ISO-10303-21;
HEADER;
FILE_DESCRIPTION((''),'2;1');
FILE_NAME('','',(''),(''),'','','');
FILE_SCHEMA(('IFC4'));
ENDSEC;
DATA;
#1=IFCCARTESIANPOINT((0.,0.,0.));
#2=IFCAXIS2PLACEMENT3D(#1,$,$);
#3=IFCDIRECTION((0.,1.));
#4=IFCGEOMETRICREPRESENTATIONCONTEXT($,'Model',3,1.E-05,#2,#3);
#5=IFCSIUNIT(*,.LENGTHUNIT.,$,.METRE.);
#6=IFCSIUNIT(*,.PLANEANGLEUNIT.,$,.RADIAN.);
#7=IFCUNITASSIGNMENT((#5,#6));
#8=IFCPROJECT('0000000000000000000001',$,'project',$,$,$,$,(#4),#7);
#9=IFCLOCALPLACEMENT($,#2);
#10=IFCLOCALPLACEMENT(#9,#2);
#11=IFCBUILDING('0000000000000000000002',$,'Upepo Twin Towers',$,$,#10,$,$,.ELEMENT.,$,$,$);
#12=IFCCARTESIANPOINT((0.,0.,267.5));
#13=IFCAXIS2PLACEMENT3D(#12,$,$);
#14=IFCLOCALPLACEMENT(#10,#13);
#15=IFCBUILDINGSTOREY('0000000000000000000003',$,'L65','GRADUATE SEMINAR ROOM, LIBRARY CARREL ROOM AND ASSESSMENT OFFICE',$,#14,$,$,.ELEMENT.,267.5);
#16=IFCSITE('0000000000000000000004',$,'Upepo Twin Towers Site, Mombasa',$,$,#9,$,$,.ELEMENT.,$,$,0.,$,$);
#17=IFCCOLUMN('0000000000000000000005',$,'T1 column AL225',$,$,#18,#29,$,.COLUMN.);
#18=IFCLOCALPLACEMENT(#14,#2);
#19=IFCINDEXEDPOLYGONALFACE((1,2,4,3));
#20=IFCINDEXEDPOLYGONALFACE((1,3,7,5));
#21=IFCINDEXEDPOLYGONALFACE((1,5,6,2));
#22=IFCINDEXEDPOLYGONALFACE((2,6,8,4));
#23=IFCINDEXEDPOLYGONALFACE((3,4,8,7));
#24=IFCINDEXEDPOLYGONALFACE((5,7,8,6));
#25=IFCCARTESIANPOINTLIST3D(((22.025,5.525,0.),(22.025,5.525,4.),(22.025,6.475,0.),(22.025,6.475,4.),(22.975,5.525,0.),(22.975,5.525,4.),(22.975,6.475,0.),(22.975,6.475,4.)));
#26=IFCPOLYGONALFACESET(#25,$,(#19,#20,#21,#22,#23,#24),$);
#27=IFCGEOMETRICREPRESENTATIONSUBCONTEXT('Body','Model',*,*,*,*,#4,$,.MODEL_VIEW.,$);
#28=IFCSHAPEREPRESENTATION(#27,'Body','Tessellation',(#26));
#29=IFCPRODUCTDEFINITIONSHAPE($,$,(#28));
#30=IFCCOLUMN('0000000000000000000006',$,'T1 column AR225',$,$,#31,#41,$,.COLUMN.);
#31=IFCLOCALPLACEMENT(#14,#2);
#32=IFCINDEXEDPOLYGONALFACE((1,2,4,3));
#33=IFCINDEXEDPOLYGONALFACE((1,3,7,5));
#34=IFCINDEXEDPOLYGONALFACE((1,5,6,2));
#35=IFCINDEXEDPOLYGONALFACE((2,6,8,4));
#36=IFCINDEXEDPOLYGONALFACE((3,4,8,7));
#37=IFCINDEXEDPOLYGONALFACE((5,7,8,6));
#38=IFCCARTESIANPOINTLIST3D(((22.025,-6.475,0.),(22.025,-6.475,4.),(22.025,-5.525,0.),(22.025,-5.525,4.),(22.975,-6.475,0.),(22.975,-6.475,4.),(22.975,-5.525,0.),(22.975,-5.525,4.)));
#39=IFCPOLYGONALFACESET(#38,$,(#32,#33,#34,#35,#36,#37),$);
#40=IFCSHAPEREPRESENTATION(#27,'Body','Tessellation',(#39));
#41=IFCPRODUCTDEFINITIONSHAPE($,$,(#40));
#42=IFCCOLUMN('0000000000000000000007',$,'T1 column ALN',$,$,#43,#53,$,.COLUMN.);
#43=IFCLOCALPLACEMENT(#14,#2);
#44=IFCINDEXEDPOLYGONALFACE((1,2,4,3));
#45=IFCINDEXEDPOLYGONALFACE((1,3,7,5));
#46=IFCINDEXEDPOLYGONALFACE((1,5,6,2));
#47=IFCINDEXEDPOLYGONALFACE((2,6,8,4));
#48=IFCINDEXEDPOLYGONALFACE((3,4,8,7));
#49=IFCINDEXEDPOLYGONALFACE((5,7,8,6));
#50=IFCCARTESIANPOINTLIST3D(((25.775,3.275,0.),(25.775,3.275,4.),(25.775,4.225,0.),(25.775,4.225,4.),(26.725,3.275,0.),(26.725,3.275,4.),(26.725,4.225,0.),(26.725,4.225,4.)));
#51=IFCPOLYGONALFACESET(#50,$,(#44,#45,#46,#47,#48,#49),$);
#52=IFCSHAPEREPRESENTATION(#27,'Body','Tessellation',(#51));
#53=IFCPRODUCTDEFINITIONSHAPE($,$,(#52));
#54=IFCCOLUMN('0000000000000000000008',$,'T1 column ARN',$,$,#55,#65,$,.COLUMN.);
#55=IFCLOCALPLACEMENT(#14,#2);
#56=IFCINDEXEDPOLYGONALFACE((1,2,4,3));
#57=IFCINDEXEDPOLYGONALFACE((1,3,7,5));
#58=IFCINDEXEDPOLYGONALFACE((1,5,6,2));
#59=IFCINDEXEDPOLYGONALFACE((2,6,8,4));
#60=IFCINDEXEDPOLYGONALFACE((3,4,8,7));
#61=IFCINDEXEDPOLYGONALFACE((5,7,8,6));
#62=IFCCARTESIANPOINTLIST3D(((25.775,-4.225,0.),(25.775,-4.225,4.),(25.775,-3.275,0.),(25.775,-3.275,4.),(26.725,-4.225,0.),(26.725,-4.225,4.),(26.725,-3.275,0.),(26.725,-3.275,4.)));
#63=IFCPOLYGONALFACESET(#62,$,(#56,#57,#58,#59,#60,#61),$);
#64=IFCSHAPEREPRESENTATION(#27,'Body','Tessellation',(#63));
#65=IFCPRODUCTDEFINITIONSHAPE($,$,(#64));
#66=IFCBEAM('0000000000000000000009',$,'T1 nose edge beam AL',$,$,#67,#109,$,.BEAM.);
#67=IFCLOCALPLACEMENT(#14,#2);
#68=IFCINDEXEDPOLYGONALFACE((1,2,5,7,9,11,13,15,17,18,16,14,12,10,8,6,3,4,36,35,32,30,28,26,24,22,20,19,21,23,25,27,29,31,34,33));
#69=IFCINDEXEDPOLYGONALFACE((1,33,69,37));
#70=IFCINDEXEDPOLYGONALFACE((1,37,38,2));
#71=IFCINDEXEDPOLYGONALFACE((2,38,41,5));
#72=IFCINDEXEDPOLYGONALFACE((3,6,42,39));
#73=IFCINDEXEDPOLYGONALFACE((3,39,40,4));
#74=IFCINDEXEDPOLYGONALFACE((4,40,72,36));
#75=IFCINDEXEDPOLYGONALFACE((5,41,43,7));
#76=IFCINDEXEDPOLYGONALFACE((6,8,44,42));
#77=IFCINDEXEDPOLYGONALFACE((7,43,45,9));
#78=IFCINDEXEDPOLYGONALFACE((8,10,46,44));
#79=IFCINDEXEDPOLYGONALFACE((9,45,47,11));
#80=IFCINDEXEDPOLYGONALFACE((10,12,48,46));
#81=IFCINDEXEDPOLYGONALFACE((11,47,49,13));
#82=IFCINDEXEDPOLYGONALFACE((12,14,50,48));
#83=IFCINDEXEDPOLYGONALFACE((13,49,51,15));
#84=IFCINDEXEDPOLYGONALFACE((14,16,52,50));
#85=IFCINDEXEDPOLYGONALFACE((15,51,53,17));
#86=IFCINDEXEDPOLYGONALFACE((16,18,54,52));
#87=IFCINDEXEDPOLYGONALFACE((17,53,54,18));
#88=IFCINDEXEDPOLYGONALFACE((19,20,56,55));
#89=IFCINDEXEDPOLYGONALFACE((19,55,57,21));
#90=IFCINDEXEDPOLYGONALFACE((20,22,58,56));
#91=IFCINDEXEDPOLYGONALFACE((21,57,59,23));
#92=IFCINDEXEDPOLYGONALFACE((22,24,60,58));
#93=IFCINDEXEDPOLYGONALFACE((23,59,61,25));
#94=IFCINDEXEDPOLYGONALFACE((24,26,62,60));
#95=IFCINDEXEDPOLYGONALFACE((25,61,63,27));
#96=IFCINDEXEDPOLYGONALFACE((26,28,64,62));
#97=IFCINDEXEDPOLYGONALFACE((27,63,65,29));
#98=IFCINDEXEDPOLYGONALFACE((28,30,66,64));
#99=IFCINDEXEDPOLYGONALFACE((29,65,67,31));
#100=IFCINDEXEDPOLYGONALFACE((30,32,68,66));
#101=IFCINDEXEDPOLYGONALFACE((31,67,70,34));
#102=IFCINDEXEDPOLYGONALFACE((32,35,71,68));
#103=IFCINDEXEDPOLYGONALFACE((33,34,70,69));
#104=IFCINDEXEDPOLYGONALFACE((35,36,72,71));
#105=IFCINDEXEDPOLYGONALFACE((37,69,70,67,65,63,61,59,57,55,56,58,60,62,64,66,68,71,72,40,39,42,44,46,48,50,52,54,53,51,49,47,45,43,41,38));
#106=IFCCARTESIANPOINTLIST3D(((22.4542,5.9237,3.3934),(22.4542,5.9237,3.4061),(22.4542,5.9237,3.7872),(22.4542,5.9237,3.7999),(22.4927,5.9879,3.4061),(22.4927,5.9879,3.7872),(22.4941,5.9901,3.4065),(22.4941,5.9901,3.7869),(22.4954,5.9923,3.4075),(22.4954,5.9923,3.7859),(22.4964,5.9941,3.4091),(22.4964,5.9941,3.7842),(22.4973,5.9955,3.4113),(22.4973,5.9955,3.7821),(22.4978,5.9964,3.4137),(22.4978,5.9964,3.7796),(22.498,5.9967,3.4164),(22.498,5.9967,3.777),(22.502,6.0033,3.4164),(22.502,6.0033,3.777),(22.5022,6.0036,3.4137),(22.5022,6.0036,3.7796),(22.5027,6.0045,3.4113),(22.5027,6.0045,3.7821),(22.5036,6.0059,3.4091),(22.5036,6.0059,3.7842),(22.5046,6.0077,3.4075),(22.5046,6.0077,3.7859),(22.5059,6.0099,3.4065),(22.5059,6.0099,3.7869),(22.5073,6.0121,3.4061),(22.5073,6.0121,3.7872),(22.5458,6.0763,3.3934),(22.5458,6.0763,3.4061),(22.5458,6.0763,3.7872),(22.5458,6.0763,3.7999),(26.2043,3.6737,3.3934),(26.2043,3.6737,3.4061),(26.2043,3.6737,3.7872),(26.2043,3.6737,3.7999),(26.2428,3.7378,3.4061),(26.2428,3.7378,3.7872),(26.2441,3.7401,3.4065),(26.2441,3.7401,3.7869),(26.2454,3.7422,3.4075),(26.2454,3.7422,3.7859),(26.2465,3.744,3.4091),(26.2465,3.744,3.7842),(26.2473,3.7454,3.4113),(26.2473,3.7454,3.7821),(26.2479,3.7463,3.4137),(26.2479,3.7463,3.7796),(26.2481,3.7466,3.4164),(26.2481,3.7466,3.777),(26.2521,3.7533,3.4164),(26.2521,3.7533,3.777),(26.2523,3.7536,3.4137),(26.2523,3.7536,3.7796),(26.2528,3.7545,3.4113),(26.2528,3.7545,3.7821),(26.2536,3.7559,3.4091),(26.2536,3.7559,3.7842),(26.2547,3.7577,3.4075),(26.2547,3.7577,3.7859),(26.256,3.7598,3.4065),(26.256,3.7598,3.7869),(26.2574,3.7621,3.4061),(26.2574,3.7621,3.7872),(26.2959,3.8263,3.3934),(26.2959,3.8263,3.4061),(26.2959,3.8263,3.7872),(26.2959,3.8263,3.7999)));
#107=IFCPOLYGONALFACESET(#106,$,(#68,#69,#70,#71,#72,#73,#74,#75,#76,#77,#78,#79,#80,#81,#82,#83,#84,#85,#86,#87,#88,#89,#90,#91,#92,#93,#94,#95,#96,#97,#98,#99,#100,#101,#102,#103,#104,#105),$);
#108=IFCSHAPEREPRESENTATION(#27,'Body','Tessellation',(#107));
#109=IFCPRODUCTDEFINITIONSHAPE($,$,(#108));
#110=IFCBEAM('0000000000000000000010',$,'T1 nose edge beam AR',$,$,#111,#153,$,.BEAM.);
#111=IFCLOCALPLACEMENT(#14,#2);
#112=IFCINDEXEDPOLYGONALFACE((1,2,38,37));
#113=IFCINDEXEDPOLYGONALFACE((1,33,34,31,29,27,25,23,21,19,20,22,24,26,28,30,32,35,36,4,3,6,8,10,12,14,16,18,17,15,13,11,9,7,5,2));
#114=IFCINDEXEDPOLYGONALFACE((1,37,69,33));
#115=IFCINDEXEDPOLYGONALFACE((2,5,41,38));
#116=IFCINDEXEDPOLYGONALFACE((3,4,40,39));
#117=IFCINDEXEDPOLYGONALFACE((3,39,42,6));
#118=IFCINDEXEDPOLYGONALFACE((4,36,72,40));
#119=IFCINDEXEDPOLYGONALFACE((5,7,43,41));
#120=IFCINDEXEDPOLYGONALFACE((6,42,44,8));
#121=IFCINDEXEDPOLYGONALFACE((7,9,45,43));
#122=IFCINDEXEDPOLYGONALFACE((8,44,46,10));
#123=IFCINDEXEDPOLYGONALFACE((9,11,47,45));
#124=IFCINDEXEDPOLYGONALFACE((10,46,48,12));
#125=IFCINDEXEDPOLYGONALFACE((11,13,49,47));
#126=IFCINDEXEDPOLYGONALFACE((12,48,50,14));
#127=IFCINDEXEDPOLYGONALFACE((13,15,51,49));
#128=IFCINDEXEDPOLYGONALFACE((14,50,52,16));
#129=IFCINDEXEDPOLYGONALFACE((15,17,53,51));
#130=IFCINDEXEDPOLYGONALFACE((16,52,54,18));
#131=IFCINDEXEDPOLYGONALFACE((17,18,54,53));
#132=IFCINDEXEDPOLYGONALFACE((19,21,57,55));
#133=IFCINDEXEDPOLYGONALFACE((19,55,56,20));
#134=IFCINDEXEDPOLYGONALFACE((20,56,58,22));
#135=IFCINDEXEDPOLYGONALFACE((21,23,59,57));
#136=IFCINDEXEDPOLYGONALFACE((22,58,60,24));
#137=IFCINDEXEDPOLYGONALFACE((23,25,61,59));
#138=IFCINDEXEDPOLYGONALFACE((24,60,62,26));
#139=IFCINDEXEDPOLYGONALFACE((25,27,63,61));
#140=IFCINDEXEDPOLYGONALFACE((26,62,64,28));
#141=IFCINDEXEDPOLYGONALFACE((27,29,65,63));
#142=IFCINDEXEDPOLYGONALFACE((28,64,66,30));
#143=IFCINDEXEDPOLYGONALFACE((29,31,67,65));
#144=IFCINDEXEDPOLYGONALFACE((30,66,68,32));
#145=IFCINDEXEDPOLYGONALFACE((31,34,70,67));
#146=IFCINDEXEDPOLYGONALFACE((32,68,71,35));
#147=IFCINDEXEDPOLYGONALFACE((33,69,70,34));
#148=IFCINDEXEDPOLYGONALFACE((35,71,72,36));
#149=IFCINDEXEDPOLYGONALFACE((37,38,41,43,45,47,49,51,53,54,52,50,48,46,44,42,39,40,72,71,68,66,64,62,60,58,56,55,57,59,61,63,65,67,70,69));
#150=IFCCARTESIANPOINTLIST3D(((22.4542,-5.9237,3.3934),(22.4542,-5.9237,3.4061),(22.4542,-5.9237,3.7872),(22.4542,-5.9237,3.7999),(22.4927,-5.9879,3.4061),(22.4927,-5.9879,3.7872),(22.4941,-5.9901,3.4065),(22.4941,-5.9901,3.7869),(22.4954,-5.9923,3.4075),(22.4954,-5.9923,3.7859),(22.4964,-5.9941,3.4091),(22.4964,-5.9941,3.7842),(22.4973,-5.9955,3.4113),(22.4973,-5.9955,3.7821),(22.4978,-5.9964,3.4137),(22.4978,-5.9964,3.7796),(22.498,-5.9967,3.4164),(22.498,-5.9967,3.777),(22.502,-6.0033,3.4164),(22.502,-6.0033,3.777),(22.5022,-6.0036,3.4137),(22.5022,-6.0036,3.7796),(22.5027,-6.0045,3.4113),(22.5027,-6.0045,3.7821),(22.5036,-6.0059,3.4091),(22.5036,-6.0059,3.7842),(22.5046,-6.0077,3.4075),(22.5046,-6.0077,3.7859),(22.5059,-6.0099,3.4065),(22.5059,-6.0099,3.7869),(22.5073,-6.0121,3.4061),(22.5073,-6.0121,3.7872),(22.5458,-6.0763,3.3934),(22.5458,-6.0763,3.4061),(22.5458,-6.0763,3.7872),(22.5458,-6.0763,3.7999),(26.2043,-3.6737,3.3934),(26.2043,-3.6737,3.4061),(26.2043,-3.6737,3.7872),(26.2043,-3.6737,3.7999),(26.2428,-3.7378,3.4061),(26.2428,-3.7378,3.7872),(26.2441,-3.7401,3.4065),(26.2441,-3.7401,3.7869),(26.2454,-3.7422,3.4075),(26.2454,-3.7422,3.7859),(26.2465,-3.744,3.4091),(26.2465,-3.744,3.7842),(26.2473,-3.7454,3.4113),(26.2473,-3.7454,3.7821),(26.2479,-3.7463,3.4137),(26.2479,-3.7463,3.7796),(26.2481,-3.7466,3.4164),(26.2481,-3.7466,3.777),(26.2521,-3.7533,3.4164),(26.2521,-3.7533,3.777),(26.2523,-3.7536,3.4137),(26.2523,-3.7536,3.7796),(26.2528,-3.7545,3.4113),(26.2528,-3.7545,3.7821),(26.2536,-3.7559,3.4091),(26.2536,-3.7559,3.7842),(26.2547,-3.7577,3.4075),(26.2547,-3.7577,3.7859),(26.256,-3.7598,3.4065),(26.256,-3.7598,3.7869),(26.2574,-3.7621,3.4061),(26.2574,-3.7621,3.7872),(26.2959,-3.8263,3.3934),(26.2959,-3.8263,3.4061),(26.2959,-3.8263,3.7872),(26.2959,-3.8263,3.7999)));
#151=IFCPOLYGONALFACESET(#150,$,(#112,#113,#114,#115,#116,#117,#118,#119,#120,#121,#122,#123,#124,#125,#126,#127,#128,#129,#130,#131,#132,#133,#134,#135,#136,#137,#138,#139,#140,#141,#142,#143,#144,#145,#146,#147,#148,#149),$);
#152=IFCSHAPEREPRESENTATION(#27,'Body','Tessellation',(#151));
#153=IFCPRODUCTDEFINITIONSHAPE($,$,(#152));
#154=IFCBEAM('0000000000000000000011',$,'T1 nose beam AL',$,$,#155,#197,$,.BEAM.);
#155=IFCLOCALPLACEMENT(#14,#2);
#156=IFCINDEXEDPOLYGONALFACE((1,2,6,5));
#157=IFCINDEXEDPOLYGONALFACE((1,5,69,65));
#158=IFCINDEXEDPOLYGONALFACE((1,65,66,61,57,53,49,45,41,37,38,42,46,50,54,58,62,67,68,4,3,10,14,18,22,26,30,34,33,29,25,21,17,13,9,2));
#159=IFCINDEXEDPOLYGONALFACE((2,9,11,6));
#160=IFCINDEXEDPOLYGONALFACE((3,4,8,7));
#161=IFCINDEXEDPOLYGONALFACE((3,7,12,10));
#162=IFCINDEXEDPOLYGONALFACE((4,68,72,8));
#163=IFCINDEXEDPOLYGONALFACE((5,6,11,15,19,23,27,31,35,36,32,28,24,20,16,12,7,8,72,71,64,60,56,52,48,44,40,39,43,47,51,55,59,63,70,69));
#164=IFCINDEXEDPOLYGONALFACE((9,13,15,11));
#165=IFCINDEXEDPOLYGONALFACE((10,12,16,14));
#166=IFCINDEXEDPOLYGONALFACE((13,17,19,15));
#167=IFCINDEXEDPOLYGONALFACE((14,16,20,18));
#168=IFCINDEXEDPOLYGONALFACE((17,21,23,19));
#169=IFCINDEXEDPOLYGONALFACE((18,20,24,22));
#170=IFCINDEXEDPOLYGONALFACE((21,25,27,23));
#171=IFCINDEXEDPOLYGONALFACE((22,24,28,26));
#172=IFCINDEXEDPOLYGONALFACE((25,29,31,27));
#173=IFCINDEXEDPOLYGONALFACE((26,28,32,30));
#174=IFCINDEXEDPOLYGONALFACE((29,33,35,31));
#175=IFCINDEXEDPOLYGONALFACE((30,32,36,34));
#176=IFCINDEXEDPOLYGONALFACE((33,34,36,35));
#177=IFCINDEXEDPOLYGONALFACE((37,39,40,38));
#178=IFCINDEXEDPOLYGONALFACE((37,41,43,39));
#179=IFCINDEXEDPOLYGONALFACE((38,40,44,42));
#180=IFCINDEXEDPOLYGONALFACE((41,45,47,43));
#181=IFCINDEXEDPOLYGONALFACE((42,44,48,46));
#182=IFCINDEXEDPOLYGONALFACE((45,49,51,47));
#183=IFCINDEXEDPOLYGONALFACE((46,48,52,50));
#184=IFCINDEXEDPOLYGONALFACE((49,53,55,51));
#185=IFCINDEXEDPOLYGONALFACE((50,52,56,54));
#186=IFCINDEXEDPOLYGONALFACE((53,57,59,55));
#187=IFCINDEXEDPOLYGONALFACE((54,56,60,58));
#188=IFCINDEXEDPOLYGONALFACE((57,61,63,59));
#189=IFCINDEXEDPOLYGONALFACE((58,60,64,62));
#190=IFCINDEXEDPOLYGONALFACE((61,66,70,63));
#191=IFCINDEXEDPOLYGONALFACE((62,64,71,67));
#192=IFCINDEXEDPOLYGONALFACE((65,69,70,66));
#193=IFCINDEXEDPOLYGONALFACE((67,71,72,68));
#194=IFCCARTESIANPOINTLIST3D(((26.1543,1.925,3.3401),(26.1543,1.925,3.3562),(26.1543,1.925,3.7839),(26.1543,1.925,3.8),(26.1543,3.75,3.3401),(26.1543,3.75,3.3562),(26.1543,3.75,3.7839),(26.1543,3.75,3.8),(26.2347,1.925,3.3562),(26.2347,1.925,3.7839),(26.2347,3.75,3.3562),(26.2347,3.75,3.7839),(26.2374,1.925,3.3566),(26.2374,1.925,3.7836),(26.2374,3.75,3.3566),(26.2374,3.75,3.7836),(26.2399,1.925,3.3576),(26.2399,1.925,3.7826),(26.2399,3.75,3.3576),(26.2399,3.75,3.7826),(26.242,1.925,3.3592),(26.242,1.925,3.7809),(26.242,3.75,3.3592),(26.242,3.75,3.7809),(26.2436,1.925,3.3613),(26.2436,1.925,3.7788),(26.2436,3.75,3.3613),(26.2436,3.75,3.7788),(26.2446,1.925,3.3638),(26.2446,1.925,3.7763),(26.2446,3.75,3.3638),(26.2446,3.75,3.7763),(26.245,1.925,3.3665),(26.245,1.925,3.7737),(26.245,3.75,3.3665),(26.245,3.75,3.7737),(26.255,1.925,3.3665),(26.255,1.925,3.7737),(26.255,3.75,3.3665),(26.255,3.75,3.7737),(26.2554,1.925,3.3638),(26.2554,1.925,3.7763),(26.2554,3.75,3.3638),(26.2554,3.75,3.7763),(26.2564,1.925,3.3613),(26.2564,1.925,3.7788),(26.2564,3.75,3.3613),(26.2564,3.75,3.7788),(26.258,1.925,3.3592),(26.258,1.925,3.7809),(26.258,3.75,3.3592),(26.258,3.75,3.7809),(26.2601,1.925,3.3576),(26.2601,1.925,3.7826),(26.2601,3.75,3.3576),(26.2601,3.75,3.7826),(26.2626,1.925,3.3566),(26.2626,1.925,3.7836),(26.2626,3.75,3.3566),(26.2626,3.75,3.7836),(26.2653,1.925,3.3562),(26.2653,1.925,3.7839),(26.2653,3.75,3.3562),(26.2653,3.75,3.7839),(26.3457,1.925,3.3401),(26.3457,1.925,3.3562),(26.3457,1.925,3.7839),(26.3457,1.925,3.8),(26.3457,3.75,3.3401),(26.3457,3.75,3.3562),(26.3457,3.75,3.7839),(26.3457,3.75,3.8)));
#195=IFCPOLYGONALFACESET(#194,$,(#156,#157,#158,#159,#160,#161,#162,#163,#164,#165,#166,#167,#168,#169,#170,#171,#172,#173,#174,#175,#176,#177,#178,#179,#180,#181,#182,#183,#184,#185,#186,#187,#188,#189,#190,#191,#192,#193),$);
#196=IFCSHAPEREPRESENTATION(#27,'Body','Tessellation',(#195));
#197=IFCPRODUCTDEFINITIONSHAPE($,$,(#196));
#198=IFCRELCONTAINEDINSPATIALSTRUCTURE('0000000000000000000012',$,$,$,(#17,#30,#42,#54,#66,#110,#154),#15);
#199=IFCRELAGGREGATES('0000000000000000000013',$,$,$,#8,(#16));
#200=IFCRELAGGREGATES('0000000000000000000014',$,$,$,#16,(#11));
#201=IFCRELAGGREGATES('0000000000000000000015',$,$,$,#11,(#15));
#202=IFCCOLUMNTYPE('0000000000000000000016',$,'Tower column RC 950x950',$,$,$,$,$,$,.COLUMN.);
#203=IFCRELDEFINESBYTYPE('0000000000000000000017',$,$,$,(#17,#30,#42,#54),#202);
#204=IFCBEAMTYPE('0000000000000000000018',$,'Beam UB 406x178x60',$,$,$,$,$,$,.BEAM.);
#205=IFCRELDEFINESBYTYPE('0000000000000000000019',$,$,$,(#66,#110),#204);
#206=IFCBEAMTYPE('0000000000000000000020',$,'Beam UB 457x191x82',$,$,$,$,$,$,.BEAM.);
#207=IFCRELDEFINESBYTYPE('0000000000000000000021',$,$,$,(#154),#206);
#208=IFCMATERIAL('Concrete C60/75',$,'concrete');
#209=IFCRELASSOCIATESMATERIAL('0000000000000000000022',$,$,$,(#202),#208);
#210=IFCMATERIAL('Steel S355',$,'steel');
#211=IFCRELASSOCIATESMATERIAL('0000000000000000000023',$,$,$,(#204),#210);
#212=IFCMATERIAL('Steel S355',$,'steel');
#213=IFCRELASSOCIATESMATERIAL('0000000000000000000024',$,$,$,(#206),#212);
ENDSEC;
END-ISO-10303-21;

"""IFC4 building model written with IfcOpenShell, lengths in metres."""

from ifc_helpers import new_model, si_unit, direction, frame, origin, origin_2d, place, context, subcontext, project, spatial, rectangle, i_section, extrude, material, material_profile, profile_set, type_object, element, save


model = new_model("IFC4")

# Units and contexts
model_context = context("Model", 3, precision=1e-05, world=origin(), true_north=direction((0.0, 1.0)))
body_context = subcontext(model_context, "Body", "Model", "MODEL_VIEW")
ifc_project = project(units=[si_unit("LENGTHUNIT", "METRE"), si_unit("PLANEANGLEUNIT", "RADIAN")], contexts=[model_context])

# Site, building, storey
site_placement = place(None, origin())
site = spatial("IfcSite", under=ifc_project, at=site_placement, Name="Upepo Twin Towers Site, Mombasa", CompositionType="ELEMENT", RefElevation=0.0)
building_placement = place(site_placement, origin())
building = spatial("IfcBuilding", under=site, at=building_placement, Name="Upepo Twin Towers", CompositionType="ELEMENT")
storey_placement = place(building_placement, frame((0.0, 0.0, 267.5)))
storey = spatial("IfcBuildingStorey", under=building, at=storey_placement, Name="L65", Description="GRADUATE SEMINAR ROOM, LIBRARY CARREL ROOM AND ASSESSMENT OFFICE", CompositionType="ELEMENT", Elevation=267.5)

# Columns
ifc_material_1 = material(Name="Concrete C60/75", Category="concrete")
ifc_material_profile_1 = material_profile(ifc_material_1, rectangle(XDim=0.95, YDim=0.95, at=origin_2d()), Name="RC 950x950")
ifc_profile_set_1 = profile_set([ifc_material_profile_1], Name="Concrete C60/75")
column_type = type_object("IfcColumnType", Name="Tower column RC 950x950", PredefinedType="COLUMN", material=ifc_profile_set_1)
for number, where, z_axis, x_axis, name in (
    (1, (22.5, 6.0, 0.0), (0.0, 0.0, 1.0), (1.0, 0.0, 0.0), "T1 column AL225"),
    (2, (22.5, -6.0, 0.0), (0.0, 0.0, 1.0), (1.0, 0.0, 0.0), "T1 column AR225"),
    (3, (26.25, 3.75, 0.0), (0.0, 0.0, 1.0), (1.0, 0.0, 0.0), "T1 column ALN"),
    (4, (26.25, -3.75, 0.0), (0.0, 0.0, 1.0), (1.0, 0.0, 0.0), "T1 column ARN"),
):
    element("IfcColumn", number, at=place(storey_placement, frame(where, z_axis=z_axis, x_axis=x_axis)), inside=storey, type_object=column_type, Name=name, PredefinedType="COLUMN", context=body_context, shape_type="SweptSolid", body=[
        extrude(rectangle(XDim=0.95, YDim=0.95, at=origin_2d()), origin(), (0.0, 0.0, 1.0), 4.0),
    ])

# Beams
ifc_material_2 = material(Name="Steel S355", Category="steel")
ifc_material_profile_2 = material_profile(ifc_material_2, i_section(OverallWidth=0.178, OverallDepth=0.4065, WebThickness=0.0078, FlangeThickness=0.0127, FilletRadius=0.0103, at=origin_2d()), Name="UB 406x178x60")
ifc_profile_set_2 = profile_set([ifc_material_profile_2], Name="Steel S355")
beam_type_1 = type_object("IfcBeamType", Name="Beam UB 406x178x60", PredefinedType="BEAM", material=ifc_profile_set_2)
for number, where, z_axis, x_axis, name in (
    (5, (22.5, 6.0, 3.5967), (0.857493, -0.514496, 0.0), (0.514496, 0.857493, 0.0), "T1 nose edge beam AL"),
    (6, (22.5, -6.0, 3.5967), (0.857493, 0.514496, 0.0), (-0.514496, 0.857493, 0.0), "T1 nose edge beam AR"),
):
    element("IfcBeam", number, at=place(storey_placement, frame(where, z_axis=z_axis, x_axis=x_axis)), inside=storey, type_object=beam_type_1, Name=name, PredefinedType="BEAM", context=body_context, shape_type="SweptSolid", body=[
        extrude(i_section(OverallWidth=0.178, OverallDepth=0.4065, WebThickness=0.0078, FlangeThickness=0.0127, FilletRadius=0.0103, at=origin_2d()), origin(), (0.0, 0.0, 1.0), 4.3733),
    ])
ifc_material_3 = material(Name="Steel S355", Category="steel")
ifc_material_profile_3 = material_profile(ifc_material_3, i_section(OverallWidth=0.1914, OverallDepth=0.46, WebThickness=0.01, FlangeThickness=0.0161, FilletRadius=0.0103, at=origin_2d()), Name="UB 457x191x82")
ifc_profile_set_3 = profile_set([ifc_material_profile_3], Name="Steel S355")
beam_type_2 = type_object("IfcBeamType", Name="Beam UB 457x191x82", PredefinedType="BEAM", material=ifc_profile_set_3)
for number, where, z_axis, x_axis, name in (
    (7, (26.25, 3.75, 3.5701), (0.0, -1.0, 0.0), (1.0, 0.0, 0.0), "T1 nose beam AL"),
):
    element("IfcBeam", number, at=place(storey_placement, frame(where, z_axis=z_axis, x_axis=x_axis)), inside=storey, type_object=beam_type_2, Name=name, PredefinedType="BEAM", context=body_context, shape_type="SweptSolid", body=[
        extrude(i_section(OverallWidth=0.1914, OverallDepth=0.46, WebThickness=0.01, FlangeThickness=0.0161, FilletRadius=0.0103, at=origin_2d()), origin(), (0.0, 0.0, 1.0), 1.825),
    ])

save(model, "model.ifc")
